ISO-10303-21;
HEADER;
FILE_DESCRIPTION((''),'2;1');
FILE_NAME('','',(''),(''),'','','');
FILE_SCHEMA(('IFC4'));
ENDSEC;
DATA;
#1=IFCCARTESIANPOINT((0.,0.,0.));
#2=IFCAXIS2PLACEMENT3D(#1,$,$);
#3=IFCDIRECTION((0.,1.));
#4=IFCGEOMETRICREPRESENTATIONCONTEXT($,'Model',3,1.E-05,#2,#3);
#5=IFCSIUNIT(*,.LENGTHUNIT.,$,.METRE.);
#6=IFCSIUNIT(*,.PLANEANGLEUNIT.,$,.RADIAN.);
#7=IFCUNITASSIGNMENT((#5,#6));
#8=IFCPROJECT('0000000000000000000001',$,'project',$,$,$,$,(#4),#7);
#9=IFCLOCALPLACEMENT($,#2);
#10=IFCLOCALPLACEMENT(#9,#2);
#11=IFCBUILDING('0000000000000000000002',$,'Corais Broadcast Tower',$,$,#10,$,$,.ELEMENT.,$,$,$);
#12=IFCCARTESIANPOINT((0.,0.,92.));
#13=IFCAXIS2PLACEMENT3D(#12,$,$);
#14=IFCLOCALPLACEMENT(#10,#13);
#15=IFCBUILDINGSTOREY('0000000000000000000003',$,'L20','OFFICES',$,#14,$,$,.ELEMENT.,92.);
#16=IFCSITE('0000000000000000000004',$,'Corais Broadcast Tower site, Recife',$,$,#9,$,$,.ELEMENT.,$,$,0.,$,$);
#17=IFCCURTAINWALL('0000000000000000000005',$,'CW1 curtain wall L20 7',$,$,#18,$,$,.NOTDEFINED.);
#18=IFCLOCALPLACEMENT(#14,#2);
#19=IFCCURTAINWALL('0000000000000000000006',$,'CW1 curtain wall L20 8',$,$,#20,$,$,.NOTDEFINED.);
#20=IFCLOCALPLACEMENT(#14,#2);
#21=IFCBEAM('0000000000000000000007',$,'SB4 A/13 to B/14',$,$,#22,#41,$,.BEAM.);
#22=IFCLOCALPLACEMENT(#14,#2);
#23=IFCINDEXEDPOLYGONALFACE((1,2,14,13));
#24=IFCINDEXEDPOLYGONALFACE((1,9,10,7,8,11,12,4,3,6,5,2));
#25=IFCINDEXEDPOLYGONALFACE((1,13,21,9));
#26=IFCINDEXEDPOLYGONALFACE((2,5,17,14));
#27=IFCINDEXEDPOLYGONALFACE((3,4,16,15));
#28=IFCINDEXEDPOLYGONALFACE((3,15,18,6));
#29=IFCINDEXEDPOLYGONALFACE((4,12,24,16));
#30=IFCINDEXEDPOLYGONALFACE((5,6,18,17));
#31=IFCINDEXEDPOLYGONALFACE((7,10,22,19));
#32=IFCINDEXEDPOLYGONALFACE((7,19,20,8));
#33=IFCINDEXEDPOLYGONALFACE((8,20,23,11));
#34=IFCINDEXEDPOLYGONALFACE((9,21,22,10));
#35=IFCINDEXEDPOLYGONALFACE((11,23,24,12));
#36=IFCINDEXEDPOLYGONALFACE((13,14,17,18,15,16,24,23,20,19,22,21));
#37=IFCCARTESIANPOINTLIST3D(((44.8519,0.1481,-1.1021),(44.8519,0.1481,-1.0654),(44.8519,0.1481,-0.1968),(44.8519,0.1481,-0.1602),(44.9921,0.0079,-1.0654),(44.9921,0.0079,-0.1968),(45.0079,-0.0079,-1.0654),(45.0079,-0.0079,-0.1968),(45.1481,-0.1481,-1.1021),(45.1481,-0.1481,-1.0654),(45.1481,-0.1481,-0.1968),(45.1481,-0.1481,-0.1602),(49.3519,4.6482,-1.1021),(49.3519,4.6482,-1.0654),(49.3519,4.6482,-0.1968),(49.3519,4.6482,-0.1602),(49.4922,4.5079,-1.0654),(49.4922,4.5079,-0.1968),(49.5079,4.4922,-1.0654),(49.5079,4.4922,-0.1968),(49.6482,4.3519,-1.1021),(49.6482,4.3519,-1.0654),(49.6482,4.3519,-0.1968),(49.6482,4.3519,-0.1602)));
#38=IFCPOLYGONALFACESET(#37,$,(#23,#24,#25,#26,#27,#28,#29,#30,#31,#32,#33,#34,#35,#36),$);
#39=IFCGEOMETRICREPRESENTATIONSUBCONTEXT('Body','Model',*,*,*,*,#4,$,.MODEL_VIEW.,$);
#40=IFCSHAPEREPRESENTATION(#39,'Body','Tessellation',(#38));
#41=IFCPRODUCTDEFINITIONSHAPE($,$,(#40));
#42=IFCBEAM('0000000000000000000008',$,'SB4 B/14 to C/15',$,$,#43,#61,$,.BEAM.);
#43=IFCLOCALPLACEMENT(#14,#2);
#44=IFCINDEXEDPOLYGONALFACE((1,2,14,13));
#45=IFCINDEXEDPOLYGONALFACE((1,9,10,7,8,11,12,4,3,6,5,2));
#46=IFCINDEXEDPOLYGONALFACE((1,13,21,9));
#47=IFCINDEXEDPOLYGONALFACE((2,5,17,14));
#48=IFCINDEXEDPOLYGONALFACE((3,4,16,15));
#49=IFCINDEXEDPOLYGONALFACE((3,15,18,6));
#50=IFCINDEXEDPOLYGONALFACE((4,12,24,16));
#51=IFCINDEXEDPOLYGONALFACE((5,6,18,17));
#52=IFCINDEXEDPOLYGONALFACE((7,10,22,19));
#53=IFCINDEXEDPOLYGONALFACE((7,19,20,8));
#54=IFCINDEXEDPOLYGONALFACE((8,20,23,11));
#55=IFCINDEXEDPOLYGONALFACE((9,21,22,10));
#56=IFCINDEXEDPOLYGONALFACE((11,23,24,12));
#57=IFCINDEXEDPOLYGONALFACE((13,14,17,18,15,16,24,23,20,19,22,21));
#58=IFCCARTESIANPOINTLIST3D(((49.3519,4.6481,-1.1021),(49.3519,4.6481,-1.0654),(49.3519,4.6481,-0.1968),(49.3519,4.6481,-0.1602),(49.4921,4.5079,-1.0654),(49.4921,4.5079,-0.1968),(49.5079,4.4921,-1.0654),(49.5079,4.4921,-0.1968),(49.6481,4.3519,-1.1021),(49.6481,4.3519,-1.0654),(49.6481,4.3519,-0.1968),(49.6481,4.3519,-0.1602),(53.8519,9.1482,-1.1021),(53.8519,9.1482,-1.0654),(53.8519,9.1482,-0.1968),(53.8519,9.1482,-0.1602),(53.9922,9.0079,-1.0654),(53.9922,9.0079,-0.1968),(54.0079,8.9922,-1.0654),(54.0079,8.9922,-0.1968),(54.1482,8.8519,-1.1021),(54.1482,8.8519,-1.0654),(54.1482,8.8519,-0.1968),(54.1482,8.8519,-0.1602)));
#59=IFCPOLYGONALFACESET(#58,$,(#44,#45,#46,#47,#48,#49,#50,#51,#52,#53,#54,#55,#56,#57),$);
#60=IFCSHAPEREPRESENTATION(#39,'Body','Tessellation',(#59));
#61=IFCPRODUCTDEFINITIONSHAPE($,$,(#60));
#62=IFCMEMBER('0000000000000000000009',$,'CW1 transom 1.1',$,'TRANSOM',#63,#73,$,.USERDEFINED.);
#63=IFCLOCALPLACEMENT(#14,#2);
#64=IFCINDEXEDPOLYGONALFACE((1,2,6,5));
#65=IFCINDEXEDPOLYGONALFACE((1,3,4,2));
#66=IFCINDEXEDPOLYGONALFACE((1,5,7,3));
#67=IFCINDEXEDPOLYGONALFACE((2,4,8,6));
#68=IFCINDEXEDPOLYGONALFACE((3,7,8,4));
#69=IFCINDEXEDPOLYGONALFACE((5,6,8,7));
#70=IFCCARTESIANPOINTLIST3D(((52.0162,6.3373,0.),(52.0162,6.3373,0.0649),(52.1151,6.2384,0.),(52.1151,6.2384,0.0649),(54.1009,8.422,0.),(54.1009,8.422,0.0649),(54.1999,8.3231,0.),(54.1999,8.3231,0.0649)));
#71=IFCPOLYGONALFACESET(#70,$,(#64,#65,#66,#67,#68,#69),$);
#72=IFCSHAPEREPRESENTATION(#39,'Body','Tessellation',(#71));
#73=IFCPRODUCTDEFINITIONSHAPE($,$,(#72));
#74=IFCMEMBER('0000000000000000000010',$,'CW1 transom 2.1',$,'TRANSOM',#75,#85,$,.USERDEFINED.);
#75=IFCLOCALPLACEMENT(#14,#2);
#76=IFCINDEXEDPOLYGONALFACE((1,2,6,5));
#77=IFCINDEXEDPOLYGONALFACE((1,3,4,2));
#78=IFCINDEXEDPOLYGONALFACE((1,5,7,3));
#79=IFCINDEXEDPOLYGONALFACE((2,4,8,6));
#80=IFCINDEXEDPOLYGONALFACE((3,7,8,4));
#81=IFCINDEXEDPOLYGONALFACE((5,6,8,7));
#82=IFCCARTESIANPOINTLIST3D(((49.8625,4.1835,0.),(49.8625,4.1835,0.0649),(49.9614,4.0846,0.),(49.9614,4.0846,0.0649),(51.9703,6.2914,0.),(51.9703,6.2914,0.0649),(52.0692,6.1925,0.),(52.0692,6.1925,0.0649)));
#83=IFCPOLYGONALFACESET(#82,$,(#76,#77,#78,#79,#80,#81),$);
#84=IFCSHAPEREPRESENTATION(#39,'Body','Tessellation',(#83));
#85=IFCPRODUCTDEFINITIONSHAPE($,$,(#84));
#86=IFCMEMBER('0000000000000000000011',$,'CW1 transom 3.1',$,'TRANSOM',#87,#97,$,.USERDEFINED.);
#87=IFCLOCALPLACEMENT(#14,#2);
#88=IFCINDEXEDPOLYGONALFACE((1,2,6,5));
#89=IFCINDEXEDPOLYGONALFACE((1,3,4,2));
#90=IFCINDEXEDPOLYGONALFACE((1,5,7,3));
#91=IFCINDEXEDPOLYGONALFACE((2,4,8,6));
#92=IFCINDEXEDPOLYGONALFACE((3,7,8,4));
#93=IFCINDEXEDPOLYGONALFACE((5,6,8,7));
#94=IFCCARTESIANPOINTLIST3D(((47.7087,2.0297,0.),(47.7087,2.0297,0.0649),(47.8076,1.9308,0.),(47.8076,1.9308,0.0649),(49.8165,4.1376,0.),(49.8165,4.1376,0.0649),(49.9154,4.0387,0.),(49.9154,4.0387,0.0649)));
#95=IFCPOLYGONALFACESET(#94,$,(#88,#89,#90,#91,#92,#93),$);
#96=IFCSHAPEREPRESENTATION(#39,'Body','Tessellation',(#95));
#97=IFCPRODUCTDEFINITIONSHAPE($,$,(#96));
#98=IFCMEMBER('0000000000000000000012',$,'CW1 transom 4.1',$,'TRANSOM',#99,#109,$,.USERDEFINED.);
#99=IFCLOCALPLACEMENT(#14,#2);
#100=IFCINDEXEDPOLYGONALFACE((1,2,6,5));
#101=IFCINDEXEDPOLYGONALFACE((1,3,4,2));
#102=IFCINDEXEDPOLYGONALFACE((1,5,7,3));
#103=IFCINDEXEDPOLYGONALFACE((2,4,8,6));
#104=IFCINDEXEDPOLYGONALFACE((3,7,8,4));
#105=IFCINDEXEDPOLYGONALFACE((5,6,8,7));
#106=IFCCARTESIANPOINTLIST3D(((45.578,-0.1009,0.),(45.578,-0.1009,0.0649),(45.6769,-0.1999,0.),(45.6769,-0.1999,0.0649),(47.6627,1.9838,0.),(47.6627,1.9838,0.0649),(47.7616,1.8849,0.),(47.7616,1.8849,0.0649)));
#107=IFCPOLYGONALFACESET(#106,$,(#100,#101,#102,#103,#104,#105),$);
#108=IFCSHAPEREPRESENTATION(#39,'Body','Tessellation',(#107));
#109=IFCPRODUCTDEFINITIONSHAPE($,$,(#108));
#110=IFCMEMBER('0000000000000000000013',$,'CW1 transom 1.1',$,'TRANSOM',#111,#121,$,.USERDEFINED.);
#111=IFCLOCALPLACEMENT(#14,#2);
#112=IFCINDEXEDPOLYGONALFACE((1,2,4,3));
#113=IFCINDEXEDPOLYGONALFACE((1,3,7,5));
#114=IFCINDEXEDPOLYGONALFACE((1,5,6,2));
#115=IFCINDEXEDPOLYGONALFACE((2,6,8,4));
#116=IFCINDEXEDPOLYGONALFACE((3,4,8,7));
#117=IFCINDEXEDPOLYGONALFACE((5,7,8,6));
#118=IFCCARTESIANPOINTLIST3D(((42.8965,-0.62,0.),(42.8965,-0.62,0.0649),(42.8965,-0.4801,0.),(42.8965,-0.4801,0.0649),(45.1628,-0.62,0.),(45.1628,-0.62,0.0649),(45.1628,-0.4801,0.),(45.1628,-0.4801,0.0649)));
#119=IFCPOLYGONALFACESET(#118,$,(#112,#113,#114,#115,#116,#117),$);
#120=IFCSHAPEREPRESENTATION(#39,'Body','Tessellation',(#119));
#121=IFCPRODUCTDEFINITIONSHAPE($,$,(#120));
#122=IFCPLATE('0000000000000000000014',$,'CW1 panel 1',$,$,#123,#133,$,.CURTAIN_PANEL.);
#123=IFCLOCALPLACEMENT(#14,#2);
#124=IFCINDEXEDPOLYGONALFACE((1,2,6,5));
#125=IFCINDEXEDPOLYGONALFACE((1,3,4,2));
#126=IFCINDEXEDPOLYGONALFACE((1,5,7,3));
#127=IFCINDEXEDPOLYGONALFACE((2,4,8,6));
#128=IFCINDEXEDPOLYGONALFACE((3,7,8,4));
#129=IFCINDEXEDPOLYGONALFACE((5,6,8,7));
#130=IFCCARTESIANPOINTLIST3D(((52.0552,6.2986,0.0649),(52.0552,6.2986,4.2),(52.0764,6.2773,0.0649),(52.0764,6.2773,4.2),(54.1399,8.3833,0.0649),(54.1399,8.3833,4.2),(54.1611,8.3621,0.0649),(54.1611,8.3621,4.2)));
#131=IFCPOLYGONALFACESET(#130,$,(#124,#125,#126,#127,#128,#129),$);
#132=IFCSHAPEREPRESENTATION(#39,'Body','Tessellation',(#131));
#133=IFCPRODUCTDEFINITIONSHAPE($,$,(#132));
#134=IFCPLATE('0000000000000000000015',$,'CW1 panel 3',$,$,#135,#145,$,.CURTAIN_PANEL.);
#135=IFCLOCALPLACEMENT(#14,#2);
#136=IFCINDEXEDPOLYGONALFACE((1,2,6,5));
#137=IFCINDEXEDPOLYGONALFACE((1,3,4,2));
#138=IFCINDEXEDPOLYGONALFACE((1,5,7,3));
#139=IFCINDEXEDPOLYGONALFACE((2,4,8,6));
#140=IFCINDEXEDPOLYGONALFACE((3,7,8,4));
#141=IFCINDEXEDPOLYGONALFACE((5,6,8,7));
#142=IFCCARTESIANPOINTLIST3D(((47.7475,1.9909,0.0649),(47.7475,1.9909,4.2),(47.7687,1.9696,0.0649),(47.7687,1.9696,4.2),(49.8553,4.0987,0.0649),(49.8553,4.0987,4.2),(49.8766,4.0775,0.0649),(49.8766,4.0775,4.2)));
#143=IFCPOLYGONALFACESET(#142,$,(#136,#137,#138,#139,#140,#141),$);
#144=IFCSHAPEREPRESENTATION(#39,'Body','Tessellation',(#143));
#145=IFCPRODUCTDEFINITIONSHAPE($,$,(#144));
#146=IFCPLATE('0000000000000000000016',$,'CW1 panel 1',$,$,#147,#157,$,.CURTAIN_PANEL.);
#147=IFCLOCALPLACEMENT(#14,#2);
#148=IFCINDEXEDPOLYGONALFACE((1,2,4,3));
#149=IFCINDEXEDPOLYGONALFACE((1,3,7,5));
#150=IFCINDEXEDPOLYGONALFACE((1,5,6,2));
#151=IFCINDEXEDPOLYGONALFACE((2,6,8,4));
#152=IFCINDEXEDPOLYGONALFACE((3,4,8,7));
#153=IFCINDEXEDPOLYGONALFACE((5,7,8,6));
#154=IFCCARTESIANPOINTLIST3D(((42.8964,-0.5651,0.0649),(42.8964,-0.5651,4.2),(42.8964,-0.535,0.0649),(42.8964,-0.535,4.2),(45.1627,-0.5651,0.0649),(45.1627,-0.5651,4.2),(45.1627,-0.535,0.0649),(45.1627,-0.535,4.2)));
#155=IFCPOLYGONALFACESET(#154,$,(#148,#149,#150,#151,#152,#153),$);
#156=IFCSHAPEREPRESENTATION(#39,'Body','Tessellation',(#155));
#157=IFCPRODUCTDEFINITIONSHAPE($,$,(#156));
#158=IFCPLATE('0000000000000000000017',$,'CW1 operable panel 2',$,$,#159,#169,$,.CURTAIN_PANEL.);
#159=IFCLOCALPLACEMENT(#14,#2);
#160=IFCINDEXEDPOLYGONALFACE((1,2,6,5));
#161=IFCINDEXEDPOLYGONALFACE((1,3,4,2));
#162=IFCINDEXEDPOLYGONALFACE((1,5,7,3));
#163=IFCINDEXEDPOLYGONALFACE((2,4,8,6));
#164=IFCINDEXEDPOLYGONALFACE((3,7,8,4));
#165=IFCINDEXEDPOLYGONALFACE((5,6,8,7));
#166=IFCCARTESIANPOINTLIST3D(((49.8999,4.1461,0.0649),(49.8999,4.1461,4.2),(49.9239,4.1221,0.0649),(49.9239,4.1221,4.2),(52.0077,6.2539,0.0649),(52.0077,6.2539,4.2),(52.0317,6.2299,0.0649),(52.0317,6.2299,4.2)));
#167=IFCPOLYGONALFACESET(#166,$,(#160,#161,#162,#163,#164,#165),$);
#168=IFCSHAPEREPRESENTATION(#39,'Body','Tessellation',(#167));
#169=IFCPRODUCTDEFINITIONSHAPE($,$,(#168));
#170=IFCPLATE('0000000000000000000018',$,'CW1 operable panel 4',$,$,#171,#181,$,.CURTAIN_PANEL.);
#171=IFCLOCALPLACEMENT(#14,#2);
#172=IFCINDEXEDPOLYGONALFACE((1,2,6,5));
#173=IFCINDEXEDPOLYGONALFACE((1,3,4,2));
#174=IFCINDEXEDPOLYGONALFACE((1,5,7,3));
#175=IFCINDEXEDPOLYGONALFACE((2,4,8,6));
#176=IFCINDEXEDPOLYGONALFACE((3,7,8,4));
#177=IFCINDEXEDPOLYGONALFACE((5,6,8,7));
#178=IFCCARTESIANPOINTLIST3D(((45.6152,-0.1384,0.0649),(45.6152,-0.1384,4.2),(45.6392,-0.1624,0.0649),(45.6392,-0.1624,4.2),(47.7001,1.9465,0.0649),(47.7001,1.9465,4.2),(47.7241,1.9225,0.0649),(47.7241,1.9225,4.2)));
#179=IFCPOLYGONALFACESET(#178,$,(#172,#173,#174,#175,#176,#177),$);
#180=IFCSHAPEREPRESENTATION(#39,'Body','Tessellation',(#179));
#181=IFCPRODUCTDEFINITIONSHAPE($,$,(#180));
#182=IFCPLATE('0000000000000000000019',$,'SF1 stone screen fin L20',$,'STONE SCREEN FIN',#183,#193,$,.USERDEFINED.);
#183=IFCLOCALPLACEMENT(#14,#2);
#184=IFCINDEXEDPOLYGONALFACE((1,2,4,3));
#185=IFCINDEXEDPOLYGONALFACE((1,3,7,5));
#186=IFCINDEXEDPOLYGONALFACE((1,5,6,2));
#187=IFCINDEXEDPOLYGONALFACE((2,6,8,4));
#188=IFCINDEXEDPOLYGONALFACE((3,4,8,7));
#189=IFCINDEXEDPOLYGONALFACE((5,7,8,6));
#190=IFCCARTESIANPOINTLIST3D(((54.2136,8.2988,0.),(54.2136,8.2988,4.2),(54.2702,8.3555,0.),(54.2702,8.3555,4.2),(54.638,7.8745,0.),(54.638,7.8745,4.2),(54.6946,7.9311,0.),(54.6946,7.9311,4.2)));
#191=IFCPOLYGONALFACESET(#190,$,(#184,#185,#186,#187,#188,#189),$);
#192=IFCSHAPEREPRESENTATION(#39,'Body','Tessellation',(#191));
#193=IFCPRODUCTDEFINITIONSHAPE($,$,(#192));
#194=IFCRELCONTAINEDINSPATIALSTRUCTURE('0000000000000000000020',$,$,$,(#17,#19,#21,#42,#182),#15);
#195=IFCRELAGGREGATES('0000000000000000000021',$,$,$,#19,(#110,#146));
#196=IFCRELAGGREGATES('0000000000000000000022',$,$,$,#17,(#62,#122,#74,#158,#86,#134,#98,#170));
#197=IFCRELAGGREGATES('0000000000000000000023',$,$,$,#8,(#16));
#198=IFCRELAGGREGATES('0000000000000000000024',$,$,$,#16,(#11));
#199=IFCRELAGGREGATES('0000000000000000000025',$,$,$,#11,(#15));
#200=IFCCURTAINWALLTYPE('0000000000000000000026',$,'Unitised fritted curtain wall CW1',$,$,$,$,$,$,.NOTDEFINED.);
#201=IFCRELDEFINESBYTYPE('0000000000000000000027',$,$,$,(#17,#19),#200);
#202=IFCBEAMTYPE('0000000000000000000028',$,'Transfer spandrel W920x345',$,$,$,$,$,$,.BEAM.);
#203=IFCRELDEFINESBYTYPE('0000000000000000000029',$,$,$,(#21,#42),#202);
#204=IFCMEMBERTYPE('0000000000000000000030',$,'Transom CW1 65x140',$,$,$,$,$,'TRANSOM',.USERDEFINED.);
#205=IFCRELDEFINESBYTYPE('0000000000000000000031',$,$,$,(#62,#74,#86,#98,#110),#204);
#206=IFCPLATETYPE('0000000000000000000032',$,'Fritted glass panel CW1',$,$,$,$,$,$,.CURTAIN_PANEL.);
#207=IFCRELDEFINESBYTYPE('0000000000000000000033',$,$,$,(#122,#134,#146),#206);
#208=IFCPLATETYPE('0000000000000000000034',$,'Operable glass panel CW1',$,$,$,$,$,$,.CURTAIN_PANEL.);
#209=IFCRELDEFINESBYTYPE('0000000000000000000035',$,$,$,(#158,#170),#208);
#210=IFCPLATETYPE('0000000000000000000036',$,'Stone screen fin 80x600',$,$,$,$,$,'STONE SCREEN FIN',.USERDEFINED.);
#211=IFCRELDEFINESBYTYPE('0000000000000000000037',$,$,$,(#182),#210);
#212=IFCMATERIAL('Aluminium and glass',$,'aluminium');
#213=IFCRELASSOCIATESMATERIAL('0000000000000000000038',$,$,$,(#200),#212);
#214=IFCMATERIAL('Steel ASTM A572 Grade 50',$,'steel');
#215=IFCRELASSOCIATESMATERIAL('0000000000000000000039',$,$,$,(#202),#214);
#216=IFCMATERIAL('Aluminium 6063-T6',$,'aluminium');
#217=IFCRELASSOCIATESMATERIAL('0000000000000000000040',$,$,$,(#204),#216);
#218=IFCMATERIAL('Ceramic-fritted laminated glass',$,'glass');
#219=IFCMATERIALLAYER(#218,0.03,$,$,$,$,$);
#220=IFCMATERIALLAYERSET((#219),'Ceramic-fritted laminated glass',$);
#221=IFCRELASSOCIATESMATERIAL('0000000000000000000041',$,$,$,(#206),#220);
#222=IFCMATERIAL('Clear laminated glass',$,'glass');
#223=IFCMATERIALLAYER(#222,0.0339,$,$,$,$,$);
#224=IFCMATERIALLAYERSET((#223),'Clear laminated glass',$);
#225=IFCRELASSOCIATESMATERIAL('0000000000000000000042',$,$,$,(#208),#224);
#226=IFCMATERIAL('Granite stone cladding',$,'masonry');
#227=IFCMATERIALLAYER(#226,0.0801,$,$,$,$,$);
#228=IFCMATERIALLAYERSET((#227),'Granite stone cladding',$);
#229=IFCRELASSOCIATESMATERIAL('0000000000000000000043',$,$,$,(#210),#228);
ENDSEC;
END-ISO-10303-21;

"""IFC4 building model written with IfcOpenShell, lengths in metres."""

from ifc_helpers import new_model, si_unit, direction, frame, origin, origin_2d, place, context, subcontext, project, spatial, rectangle, i_section, extrude, material, layer, layer_set, material_profile, profile_set, type_object, element, aggregate, save


model = new_model("IFC4")

# Units and contexts
model_context = context("Model", 3, precision=1e-05, world=origin(), true_north=direction((0.0, 1.0)))
body_context = subcontext(model_context, "Body", "Model", "MODEL_VIEW")
ifc_project = project(units=[si_unit("LENGTHUNIT", "METRE"), si_unit("PLANEANGLEUNIT", "RADIAN")], contexts=[model_context])

# Site, building, storey
site_placement = place(None, origin())
site = spatial("IfcSite", under=ifc_project, at=site_placement, Name="Corais Broadcast Tower site, Recife", CompositionType="ELEMENT", RefElevation=0.0)
building_placement = place(site_placement, origin())
building = spatial("IfcBuilding", under=site, at=building_placement, Name="Corais Broadcast Tower", CompositionType="ELEMENT")
storey_placement = place(building_placement, frame((0.0, 0.0, 92.0)))
storey = spatial("IfcBuildingStorey", under=building, at=storey_placement, Name="L20", Description="OFFICES", CompositionType="ELEMENT", Elevation=92.0)

# Shared definitions
ifc_material_1 = material(Name="Aluminium and glass", Category="aluminium")
curtain_wall_type = type_object("IfcCurtainWallType", Name="Unitised fritted curtain wall CW1", PredefinedType="NOTDEFINED", material=ifc_material_1)

# Curtain wall
curtain_wall_1_placement = place(storey_placement, origin())
curtain_wall_1 = element("IfcCurtainWall", 1, at=curtain_wall_1_placement, inside=storey, type_object=curtain_wall_type, Name="CW1 curtain wall L20 7", PredefinedType="NOTDEFINED")

# Curtain wall
curtain_wall_2_placement = place(storey_placement, origin())
curtain_wall_2 = element("IfcCurtainWall", 2, at=curtain_wall_2_placement, inside=storey, type_object=curtain_wall_type, Name="CW1 curtain wall L20 8", PredefinedType="NOTDEFINED")

# Beams
ifc_material_2 = material(Name="Steel ASTM A572 Grade 50", Category="steel")
ifc_material_profile_1 = material_profile(ifc_material_2, i_section(OverallWidth=0.4189, OverallDepth=0.9419, WebThickness=0.0222, FlangeThickness=0.0366, at=origin_2d()), Name="W920x345")
ifc_profile_set_1 = profile_set([ifc_material_profile_1], Name="Steel ASTM A572 Grade 50")
beam_type_1 = type_object("IfcBeamType", Name="Transfer spandrel W920x345", PredefinedType="BEAM", material=ifc_profile_set_1)
for number, where, z_axis, x_axis, name in (
    (3, (45.0, 0.0, -0.6311), (0.707107, 0.707107, 0.0), (-0.707107, 0.707107, 0.0), "SB4 A/13 to B/14"),
    (4, (49.5, 4.5, -0.6311), (0.707107, 0.707107, 0.0), (-0.707107, 0.707107, 0.0), "SB4 B/14 to C/15"),
):
    element("IfcBeam", number, at=place(storey_placement, frame(where, z_axis=z_axis, x_axis=x_axis)), inside=storey, type_object=beam_type_1, Name=name, PredefinedType="BEAM", context=body_context, shape_type="SweptSolid", body=[
        extrude(i_section(OverallWidth=0.4189, OverallDepth=0.9419, WebThickness=0.0222, FlangeThickness=0.0366, at=origin_2d()), origin(), (0.0, 0.0, 1.0), 6.364),
    ])

# Members
ifc_material_3 = material(Name="Aluminium 6063-T6", Category="aluminium")
ifc_material_profile_2 = material_profile(ifc_material_3, rectangle(XDim=0.1399, YDim=0.0649, at=origin_2d()), Name="Transom CW1 65x140")
ifc_profile_set_2 = profile_set([ifc_material_profile_2], Name="Aluminium 6063-T6")
member_type_1 = type_object("IfcMemberType", Name="Transom CW1 65x140", ElementType="TRANSOM", PredefinedType="USERDEFINED", material=ifc_profile_set_2)
member_1_placement = place(storey_placement, frame((54.1504, 8.3726, 0.0325), z_axis=(-0.707107, -0.707107, 0.0), x_axis=(0.707107, -0.707107, 0.0)))
member_1 = element("IfcMember", 5, at=member_1_placement, type_object=member_type_1, Name="CW1 transom 1.1", ObjectType="TRANSOM", PredefinedType="USERDEFINED", context=body_context, shape_type="SweptSolid", body=[
    extrude(rectangle(XDim=0.1399, YDim=0.0649, at=origin_2d()), origin(), (0.0, 0.0, 1.0), 2.9482),
])
member_2_placement = place(storey_placement, frame((52.0198, 6.2419, 0.0325), z_axis=(-0.707107, -0.707107, 0.0), x_axis=(0.707107, -0.707107, 0.0)))
member_2 = element("IfcMember", 6, at=member_2_placement, type_object=member_type_1, Name="CW1 transom 2.1", ObjectType="TRANSOM", PredefinedType="USERDEFINED", context=body_context, shape_type="SweptSolid", body=[
    extrude(rectangle(XDim=0.1399, YDim=0.0649, at=origin_2d()), origin(), (0.0, 0.0, 1.0), 2.981),
])
member_3_placement = place(storey_placement, frame((49.866, 4.0881, 0.0325), z_axis=(-0.707107, -0.707107, 0.0), x_axis=(0.707107, -0.707107, 0.0)))
member_3 = element("IfcMember", 7, at=member_3_placement, type_object=member_type_1, Name="CW1 transom 3.1", ObjectType="TRANSOM", PredefinedType="USERDEFINED", context=body_context, shape_type="SweptSolid", body=[
    extrude(rectangle(XDim=0.1399, YDim=0.0649, at=origin_2d()), origin(), (0.0, 0.0, 1.0), 2.981),
])
member_4_placement = place(storey_placement, frame((47.7122, 1.9343, 0.0325), z_axis=(-0.707107, -0.707107, 0.0), x_axis=(0.707107, -0.707107, 0.0)))
member_4 = element("IfcMember", 8, at=member_4_placement, type_object=member_type_1, Name="CW1 transom 4.1", ObjectType="TRANSOM", PredefinedType="USERDEFINED", context=body_context, shape_type="SweptSolid", body=[
    extrude(rectangle(XDim=0.1399, YDim=0.0649, at=origin_2d()), origin(), (0.0, 0.0, 1.0), 2.9482),
])
member_5_placement = place(storey_placement, frame((45.1628, -0.55, 0.0325), z_axis=(-1.0, 0.0, 0.0), x_axis=(0.0, -1.0, 0.0)))
member_5 = element("IfcMember", 9, at=member_5_placement, type_object=member_type_1, Name="CW1 transom 1.1", ObjectType="TRANSOM", PredefinedType="USERDEFINED", context=body_context, shape_type="SweptSolid", body=[
    extrude(rectangle(XDim=0.1399, YDim=0.0649, at=origin_2d()), origin(), (0.0, 0.0, 1.0), 2.2664),
])

# Plates
ifc_material_4 = material(Name="Ceramic-fritted laminated glass", Category="glass")
ifc_layer_1 = layer(ifc_material_4, 0.03)
ifc_layer_set_1 = layer_set([ifc_layer_1], Name="Ceramic-fritted laminated glass")
plate_type_1 = type_object("IfcPlateType", Name="Fritted glass panel CW1", PredefinedType="CURTAIN_PANEL", material=ifc_layer_set_1)
plate_1_placement = place(storey_placement, frame((53.1082, 7.3303, 0.0649), z_axis=(0.0, 0.0, 1.0), x_axis=(-0.707107, -0.707107, 0.0)))
plate_1 = element("IfcPlate", 10, at=plate_1_placement, type_object=plate_type_1, Name="CW1 panel 1", PredefinedType="CURTAIN_PANEL", context=body_context, shape_type="SweptSolid", body=[
    extrude(rectangle(XDim=2.9482, YDim=0.03, at=origin_2d()), origin(), (0.0, 0.0, 1.0), 4.135),
])
plate_2_placement = place(storey_placement, frame((48.812, 3.0342, 0.0649), z_axis=(0.0, 0.0, 1.0), x_axis=(-0.707107, -0.707107, 0.0)))
plate_2 = element("IfcPlate", 11, at=plate_2_placement, type_object=plate_type_1, Name="CW1 panel 3", PredefinedType="CURTAIN_PANEL", context=body_context, shape_type="SweptSolid", body=[
    extrude(rectangle(XDim=2.981, YDim=0.03, at=origin_2d()), origin(), (0.0, 0.0, 1.0), 4.135),
])
plate_3_placement = place(storey_placement, frame((44.0295, -0.55, 0.0649), z_axis=(0.0, 0.0, 1.0), x_axis=(-1.0, 0.0, 0.0)))
plate_3 = element("IfcPlate", 12, at=plate_3_placement, type_object=plate_type_1, Name="CW1 panel 1", PredefinedType="CURTAIN_PANEL", context=body_context, shape_type="SweptSolid", body=[
    extrude(rectangle(XDim=2.2664, YDim=0.03, at=origin_2d()), origin(), (0.0, 0.0, 1.0), 4.135),
])
aggregate(curtain_wall_2, [member_5, plate_3])
ifc_material_5 = material(Name="Clear laminated glass", Category="glass")
ifc_layer_2 = layer(ifc_material_5, 0.0339)
ifc_layer_set_2 = layer_set([ifc_layer_2], Name="Clear laminated glass")
plate_type_2 = type_object("IfcPlateType", Name="Operable glass panel CW1", PredefinedType="CURTAIN_PANEL", material=ifc_layer_set_2)
plate_4_placement = place(storey_placement, frame((50.9658, 5.188, 0.0649), z_axis=(0.0, 0.0, 1.0), x_axis=(-0.707107, -0.707107, 0.0)))
plate_4 = element("IfcPlate", 13, at=plate_4_placement, type_object=plate_type_2, Name="CW1 operable panel 2", PredefinedType="CURTAIN_PANEL", context=body_context, shape_type="SweptSolid", body=[
    extrude(rectangle(XDim=2.981, YDim=0.0339, at=origin_2d()), origin(), (0.0, 0.0, 1.0), 4.135),
])
plate_5_placement = place(storey_placement, frame((46.6697, 0.8921, 0.0649), z_axis=(0.0, 0.0, 1.0), x_axis=(-0.707107, -0.707107, 0.0)))
plate_5 = element("IfcPlate", 14, at=plate_5_placement, type_object=plate_type_2, Name="CW1 operable panel 4", PredefinedType="CURTAIN_PANEL", context=body_context, shape_type="SweptSolid", body=[
    extrude(rectangle(XDim=2.9485, YDim=0.0339, at=origin_2d()), origin(), (0.0, 0.0, 1.0), 4.135),
])
aggregate(curtain_wall_1, [member_1, plate_1, member_2, plate_4, member_3, plate_2, member_4, plate_5])

# Plate
ifc_material_6 = material(Name="Granite stone cladding", Category="masonry")
ifc_layer_3 = layer(ifc_material_6, 0.0801)
ifc_layer_set_3 = layer_set([ifc_layer_3], Name="Granite stone cladding")
plate_type_3 = type_object("IfcPlateType", Name="Stone screen fin 80x600", ElementType="STONE SCREEN FIN", PredefinedType="USERDEFINED", material=ifc_layer_set_3)
for number, where, z_axis, x_axis, name in (
    (15, (54.4541, 8.115, 0.0), (0.0, 0.0, 1.0), (-0.707107, -0.707107, 0.0), "SF1 stone screen fin L20"),
):
    element("IfcPlate", number, at=place(storey_placement, frame(where, z_axis=z_axis, x_axis=x_axis)), inside=storey, type_object=plate_type_3, Name=name, ObjectType="STONE SCREEN FIN", PredefinedType="USERDEFINED", context=body_context, shape_type="SweptSolid", body=[
        extrude(rectangle(XDim=0.0801, YDim=0.6001, at=origin_2d()), origin(), (0.0, 0.0, 1.0), 4.2),
    ])

save(model, "model.ifc")
